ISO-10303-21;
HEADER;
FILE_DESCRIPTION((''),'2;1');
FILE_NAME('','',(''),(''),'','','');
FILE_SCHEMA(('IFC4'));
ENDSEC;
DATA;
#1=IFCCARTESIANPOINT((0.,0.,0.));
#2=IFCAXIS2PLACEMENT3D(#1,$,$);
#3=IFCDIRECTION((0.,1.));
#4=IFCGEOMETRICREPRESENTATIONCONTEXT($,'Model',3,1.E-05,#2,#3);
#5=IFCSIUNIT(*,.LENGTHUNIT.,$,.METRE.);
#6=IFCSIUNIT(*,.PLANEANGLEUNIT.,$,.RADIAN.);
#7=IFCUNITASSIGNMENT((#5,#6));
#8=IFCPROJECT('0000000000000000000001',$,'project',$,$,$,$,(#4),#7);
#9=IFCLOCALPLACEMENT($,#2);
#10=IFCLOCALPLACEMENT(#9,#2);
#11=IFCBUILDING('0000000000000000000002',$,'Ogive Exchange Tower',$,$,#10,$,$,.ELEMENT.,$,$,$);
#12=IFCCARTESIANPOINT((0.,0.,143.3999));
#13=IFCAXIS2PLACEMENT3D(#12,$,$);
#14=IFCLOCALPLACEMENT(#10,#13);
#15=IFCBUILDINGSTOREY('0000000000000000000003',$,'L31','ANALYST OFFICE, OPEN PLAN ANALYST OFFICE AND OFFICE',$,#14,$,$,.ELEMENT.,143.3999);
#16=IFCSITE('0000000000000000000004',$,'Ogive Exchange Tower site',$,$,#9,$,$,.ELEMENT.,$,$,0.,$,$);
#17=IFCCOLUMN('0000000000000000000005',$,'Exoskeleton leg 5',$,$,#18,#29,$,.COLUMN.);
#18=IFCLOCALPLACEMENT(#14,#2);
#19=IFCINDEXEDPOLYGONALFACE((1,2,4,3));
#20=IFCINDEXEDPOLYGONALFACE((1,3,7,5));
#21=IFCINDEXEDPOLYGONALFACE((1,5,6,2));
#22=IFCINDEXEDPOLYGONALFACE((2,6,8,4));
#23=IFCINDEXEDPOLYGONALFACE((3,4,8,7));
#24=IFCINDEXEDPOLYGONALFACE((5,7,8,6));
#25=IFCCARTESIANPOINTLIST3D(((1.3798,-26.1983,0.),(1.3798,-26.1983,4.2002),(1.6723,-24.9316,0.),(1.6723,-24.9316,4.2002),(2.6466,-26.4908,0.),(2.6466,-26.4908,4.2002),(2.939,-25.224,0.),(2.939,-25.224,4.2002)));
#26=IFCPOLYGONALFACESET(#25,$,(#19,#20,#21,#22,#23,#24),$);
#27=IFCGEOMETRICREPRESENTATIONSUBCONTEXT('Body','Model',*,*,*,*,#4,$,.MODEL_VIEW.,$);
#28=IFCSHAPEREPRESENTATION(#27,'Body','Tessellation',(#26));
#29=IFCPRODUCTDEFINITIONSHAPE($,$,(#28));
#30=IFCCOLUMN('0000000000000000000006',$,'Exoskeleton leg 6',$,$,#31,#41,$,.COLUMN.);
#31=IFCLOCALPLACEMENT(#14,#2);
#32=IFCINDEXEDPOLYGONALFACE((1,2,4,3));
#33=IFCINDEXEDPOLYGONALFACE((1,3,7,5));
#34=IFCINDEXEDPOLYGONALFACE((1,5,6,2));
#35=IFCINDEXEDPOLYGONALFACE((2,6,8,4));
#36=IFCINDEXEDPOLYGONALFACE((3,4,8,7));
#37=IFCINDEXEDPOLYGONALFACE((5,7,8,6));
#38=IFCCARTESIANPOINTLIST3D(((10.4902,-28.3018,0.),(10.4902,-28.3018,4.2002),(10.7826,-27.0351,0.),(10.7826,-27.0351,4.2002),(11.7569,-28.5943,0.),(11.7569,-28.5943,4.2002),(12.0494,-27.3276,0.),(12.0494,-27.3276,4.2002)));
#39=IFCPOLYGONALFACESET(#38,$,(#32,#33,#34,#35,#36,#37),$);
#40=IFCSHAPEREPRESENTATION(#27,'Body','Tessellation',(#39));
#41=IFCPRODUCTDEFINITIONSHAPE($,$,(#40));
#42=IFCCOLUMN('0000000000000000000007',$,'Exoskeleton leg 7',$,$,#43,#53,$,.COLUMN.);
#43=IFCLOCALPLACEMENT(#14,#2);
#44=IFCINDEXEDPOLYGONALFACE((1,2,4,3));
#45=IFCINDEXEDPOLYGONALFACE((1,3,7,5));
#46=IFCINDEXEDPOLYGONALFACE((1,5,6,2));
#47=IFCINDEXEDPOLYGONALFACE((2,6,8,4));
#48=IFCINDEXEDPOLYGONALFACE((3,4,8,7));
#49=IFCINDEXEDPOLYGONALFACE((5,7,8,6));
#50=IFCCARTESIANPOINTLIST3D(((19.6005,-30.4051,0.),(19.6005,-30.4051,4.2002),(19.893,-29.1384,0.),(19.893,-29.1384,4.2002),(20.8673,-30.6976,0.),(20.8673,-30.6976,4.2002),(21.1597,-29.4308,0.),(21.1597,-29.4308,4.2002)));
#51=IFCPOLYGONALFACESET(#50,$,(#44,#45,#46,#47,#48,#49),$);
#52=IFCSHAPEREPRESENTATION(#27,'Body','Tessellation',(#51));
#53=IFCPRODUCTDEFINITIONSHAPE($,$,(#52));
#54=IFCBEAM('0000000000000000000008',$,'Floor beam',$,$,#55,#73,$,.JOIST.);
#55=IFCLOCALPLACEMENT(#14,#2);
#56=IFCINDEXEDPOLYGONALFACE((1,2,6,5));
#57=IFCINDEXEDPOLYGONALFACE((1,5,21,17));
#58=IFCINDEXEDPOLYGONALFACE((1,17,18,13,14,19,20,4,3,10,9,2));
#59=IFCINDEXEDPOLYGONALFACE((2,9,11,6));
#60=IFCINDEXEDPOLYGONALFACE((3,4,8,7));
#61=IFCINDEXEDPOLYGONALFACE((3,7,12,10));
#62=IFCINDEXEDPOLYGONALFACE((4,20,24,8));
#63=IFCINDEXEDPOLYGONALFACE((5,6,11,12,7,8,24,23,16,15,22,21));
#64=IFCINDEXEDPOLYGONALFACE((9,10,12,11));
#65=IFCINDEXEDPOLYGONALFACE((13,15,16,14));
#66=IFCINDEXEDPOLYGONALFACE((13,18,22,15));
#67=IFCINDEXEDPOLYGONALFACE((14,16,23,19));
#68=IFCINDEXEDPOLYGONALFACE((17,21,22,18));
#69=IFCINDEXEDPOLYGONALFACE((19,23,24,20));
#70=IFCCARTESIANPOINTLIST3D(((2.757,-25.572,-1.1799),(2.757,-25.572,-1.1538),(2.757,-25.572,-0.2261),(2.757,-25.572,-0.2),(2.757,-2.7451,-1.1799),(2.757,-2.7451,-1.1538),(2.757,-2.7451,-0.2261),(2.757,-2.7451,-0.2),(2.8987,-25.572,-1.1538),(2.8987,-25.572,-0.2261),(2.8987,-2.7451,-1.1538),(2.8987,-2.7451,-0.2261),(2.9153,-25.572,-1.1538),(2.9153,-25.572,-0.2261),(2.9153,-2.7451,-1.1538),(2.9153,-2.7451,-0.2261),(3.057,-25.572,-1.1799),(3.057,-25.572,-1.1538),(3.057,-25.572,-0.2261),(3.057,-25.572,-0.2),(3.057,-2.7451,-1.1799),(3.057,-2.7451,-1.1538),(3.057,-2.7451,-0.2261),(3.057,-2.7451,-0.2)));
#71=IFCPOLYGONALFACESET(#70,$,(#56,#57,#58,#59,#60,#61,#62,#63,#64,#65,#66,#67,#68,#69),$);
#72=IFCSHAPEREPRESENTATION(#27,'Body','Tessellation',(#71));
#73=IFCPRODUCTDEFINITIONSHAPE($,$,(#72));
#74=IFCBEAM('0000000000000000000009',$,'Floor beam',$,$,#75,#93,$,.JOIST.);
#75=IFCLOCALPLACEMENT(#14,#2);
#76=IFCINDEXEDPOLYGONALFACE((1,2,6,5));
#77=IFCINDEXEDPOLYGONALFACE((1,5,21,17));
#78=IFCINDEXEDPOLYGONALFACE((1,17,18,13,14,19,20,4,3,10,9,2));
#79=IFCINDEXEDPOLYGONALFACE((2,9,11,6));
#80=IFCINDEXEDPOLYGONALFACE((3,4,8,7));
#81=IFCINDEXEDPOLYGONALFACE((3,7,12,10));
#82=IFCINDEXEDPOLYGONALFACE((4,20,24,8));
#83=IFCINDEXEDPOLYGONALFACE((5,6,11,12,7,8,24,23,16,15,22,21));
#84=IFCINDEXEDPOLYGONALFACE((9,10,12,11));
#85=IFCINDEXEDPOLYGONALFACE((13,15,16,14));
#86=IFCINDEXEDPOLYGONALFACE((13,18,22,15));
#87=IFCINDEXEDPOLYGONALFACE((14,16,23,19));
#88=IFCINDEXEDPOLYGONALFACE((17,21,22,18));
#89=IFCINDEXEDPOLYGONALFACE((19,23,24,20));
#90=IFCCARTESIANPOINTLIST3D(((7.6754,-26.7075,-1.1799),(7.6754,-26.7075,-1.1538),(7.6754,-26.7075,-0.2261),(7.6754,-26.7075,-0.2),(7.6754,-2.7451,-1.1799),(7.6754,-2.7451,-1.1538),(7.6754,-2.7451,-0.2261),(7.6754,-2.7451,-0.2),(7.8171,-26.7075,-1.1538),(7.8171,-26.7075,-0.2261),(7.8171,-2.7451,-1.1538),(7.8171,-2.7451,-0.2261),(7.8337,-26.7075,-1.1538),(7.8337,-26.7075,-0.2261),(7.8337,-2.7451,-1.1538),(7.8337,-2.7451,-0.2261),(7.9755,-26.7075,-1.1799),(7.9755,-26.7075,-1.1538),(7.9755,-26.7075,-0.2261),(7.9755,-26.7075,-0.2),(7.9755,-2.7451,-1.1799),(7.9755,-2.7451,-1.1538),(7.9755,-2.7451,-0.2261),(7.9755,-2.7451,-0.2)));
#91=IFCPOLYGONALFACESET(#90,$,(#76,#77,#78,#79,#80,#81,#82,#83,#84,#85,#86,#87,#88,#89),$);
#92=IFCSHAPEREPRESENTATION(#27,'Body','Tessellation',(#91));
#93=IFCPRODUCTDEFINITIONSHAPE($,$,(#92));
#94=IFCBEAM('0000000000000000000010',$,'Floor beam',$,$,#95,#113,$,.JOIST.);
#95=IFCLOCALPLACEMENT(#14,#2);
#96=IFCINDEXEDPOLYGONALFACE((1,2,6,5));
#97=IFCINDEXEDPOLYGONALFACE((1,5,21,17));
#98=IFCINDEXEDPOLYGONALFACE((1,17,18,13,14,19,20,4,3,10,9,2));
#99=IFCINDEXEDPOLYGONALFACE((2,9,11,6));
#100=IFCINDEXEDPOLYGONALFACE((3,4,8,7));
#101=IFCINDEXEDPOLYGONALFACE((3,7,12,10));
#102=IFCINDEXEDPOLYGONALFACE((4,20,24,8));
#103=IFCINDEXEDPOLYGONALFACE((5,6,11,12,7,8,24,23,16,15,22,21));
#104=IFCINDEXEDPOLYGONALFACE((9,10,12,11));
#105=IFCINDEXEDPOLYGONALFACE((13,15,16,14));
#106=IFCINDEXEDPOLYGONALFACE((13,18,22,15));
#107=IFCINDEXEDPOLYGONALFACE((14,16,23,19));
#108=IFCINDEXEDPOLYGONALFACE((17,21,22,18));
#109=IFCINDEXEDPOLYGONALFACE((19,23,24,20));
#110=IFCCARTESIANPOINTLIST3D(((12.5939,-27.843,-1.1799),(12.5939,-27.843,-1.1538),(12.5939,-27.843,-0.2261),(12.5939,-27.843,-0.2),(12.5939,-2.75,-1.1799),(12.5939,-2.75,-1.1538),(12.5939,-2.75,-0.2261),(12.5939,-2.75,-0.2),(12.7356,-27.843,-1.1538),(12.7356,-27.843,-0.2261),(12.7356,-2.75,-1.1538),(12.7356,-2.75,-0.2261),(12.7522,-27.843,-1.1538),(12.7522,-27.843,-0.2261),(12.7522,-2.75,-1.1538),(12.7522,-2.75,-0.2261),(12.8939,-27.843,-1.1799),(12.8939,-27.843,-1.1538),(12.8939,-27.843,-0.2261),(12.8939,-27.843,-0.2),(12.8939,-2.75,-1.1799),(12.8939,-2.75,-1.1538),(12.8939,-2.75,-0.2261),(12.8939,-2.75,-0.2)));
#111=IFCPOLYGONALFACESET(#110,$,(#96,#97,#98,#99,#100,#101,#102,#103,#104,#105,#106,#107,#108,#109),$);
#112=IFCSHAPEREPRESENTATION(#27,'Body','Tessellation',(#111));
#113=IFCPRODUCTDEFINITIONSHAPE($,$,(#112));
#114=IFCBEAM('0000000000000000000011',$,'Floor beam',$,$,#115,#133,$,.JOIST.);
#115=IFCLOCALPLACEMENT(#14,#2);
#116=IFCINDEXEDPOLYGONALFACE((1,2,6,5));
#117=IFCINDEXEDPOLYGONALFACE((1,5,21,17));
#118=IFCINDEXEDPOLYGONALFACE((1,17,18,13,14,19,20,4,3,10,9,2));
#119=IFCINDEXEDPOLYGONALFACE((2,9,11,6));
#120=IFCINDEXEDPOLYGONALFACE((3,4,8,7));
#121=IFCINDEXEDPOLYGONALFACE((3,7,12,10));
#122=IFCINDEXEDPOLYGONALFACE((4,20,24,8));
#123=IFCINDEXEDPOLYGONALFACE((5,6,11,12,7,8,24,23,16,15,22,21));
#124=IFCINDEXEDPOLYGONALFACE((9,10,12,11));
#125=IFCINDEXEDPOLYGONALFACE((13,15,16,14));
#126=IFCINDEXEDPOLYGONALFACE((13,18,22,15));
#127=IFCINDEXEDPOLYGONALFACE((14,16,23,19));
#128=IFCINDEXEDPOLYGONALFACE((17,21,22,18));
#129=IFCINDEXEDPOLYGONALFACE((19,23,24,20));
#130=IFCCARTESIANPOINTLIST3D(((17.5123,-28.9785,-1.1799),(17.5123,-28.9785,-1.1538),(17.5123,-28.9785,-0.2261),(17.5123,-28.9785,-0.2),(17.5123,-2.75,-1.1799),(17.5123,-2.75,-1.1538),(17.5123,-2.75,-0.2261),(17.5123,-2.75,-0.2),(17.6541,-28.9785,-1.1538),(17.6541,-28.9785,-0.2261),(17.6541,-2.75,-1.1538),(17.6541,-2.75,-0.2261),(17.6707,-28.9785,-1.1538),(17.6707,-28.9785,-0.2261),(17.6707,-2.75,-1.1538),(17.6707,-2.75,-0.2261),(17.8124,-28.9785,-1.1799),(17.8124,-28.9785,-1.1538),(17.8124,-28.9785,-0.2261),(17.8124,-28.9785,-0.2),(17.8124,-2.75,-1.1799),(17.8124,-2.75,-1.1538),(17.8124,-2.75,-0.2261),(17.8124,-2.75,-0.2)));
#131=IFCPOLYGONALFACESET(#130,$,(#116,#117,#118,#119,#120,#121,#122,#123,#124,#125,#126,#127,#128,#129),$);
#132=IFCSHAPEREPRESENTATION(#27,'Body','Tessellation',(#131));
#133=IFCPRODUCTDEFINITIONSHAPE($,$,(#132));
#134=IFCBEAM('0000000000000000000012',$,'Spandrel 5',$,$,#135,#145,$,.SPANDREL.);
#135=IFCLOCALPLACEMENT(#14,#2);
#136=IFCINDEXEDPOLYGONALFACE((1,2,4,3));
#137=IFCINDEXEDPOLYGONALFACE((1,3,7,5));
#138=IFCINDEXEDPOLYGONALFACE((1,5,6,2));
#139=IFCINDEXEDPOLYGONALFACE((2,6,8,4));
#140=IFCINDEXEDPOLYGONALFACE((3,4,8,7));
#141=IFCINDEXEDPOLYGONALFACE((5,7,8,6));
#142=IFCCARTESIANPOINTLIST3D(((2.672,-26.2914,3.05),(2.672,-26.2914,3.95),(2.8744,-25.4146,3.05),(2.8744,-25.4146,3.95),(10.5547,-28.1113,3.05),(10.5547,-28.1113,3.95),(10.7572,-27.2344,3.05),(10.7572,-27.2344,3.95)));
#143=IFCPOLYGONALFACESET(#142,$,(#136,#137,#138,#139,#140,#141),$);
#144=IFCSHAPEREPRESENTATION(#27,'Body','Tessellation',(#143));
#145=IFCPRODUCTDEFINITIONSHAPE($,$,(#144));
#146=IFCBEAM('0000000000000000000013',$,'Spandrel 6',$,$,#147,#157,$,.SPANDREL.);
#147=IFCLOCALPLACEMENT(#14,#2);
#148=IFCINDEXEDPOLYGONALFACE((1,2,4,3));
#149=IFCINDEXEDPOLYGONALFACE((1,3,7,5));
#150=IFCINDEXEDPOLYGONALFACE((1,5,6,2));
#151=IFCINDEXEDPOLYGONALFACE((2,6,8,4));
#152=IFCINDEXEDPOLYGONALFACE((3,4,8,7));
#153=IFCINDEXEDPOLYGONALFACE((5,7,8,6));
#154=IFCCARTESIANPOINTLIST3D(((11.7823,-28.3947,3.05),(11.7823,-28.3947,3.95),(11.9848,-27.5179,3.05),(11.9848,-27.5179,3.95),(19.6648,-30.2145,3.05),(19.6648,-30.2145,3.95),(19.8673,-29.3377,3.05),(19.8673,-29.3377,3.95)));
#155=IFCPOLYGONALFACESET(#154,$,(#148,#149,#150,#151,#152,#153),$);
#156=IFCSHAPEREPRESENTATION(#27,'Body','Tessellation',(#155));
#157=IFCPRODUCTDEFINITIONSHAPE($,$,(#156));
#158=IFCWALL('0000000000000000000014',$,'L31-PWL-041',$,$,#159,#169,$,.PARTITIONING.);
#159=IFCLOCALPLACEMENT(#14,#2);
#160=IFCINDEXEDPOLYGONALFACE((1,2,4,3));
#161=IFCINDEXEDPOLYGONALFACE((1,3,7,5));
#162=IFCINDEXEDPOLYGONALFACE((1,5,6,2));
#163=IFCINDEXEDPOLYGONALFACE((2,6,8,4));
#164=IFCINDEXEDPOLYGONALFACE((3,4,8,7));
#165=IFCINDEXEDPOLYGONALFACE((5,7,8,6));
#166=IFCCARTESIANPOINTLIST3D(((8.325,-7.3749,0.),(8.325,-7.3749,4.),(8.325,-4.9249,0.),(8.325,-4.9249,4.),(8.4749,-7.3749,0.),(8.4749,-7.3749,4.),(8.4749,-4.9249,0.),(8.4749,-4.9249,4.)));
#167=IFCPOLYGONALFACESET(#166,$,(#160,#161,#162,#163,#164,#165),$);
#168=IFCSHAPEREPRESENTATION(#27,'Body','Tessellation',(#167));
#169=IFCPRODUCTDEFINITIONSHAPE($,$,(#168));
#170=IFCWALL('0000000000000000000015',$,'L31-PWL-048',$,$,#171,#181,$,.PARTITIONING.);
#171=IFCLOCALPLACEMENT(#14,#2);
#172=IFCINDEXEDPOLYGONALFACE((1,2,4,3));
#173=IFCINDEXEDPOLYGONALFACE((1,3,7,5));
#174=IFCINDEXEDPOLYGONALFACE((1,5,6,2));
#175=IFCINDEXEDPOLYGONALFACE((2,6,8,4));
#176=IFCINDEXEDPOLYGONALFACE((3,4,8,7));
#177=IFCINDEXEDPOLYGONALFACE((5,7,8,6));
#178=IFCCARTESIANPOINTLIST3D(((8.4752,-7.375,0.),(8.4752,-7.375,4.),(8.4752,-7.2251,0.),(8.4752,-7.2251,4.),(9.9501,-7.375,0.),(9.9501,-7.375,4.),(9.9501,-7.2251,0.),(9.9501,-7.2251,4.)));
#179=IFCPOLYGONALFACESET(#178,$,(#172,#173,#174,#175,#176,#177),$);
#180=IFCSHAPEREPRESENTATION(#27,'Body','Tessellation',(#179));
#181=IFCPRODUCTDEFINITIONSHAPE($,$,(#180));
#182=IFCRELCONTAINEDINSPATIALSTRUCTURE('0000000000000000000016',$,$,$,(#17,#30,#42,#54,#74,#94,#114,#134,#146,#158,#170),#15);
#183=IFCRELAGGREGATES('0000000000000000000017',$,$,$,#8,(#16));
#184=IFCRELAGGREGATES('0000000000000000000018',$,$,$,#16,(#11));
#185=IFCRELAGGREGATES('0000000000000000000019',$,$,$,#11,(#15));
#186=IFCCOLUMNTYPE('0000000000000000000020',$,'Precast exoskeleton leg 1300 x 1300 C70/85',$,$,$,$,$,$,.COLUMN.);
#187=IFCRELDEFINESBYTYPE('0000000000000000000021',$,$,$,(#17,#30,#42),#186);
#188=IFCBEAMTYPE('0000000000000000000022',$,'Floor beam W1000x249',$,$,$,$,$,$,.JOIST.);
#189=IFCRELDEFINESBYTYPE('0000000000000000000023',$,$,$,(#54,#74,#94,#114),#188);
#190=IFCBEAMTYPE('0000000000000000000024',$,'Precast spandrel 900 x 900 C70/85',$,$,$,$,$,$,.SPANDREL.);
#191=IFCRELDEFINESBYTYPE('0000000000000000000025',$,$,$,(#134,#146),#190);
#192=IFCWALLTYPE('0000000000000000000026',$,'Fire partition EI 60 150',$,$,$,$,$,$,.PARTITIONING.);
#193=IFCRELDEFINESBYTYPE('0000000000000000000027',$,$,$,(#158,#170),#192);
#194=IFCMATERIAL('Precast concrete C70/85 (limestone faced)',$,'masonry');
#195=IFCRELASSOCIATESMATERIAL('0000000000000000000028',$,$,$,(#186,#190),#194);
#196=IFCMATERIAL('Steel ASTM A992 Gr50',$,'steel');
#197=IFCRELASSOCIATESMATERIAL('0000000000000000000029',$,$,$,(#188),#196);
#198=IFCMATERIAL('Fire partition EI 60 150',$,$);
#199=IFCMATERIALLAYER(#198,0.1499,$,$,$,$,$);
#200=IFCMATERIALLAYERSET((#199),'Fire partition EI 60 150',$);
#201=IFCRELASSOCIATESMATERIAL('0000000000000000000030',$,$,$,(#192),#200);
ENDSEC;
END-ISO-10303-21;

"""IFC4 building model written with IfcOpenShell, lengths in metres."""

from ifc_helpers import new_model, si_unit, direction, frame, frame_2d, origin, origin_2d, place, context, subcontext, project, spatial, rectangle, i_section, extrude, material, layer, layer_set, material_profile, profile_set, type_object, element, save


model = new_model("IFC4")

# Units and contexts
model_context = context("Model", 3, precision=1e-05, world=origin(), true_north=direction((0.0, 1.0)))
body_context = subcontext(model_context, "Body", "Model", "MODEL_VIEW")
ifc_project = project(units=[si_unit("LENGTHUNIT", "METRE"), si_unit("PLANEANGLEUNIT", "RADIAN")], contexts=[model_context])

# Site, building, storey
site_placement = place(None, origin())
site = spatial("IfcSite", under=ifc_project, at=site_placement, Name="Ogive Exchange Tower site", CompositionType="ELEMENT", RefElevation=0.0)
building_placement = place(site_placement, origin())
building = spatial("IfcBuilding", under=site, at=building_placement, Name="Ogive Exchange Tower", CompositionType="ELEMENT")
storey_placement = place(building_placement, frame((0.0, 0.0, 143.3999)))
storey = spatial("IfcBuildingStorey", under=building, at=storey_placement, Name="L31", Description="ANALYST OFFICE, OPEN PLAN ANALYST OFFICE AND OFFICE", CompositionType="ELEMENT", Elevation=143.3999)

# Columns
ifc_material_1 = material(Name="Precast concrete C70/85 (limestone faced)", Category="masonry")
ifc_material_profile_1 = material_profile(ifc_material_1, rectangle(XDim=1.3, YDim=1.3, at=origin_2d()), Name="1300 x 1300")
ifc_profile_set_1 = profile_set([ifc_material_profile_1], Name="Precast concrete C70/85 (limestone faced)")
column_type = type_object("IfcColumnType", Name="Precast exoskeleton leg 1300 x 1300 C70/85", PredefinedType="COLUMN", material=ifc_profile_set_1)
for number, where, z_axis, x_axis, name in (
    (1, (2.1594, -25.7112, 0.0), (0.0, 0.0, 1.0), (0.97437, -0.224951, 0.0), "Exoskeleton leg 5"),
    (2, (11.2698, -27.8147, 0.0), (0.0, 0.0, 1.0), (0.97437, -0.224951, 0.0), "Exoskeleton leg 6"),
    (3, (20.3801, -29.918, 0.0), (0.0, 0.0, 1.0), (0.97437, -0.224951, 0.0), "Exoskeleton leg 7"),
):
    element("IfcColumn", number, at=place(storey_placement, frame(where, z_axis=z_axis, x_axis=x_axis)), inside=storey, type_object=column_type, Name=name, PredefinedType="COLUMN", context=body_context, shape_type="SweptSolid", body=[
        extrude(rectangle(XDim=1.3, YDim=1.3, at=origin_2d()), origin(), (0.0, 0.0, 1.0), 4.2002),
    ])

# Beams
ifc_material_2 = material(Name="Steel ASTM A992 Gr50", Category="steel")
ifc_material_profile_2 = material_profile(ifc_material_2, i_section(OverallWidth=0.3, OverallDepth=0.98, WebThickness=0.0166, FlangeThickness=0.0261, at=origin_2d()), Name="W1000x249")
ifc_profile_set_2 = profile_set([ifc_material_profile_2], Name="Steel ASTM A992 Gr50")
beam_type_1 = type_object("IfcBeamType", Name="Floor beam W1000x249", PredefinedType="JOIST", material=ifc_profile_set_2)
beam_1_placement = place(storey_placement, frame((2.907, -25.572, -0.6899), z_axis=(0.0, 1.0, 0.0), x_axis=(-1.0, 0.0, 0.0)))
element("IfcBeam", 4, at=beam_1_placement, inside=storey, type_object=beam_type_1, Name="Floor beam", PredefinedType="JOIST", context=body_context, shape_type="SweptSolid", body=[
    extrude(i_section(OverallWidth=0.3, OverallDepth=0.98, WebThickness=0.0166, FlangeThickness=0.0261, at=origin_2d()), origin(), (0.0, 0.0, 1.0), 22.8269),
])
beam_2_placement = place(storey_placement, frame((7.8254, -26.7075, -0.6899), z_axis=(0.0, 1.0, 0.0), x_axis=(-1.0, 0.0, 0.0)))
element("IfcBeam", 5, at=beam_2_placement, inside=storey, type_object=beam_type_1, Name="Floor beam", PredefinedType="JOIST", context=body_context, shape_type="SweptSolid", body=[
    extrude(i_section(OverallWidth=0.3, OverallDepth=0.98, WebThickness=0.0166, FlangeThickness=0.0261, at=origin_2d()), origin(), (0.0, 0.0, 1.0), 23.9624),
])
beam_3_placement = place(storey_placement, frame((12.7439, -27.843, -0.6899), z_axis=(0.0, 1.0, 0.0), x_axis=(-1.0, 0.0, 0.0)))
element("IfcBeam", 6, at=beam_3_placement, inside=storey, type_object=beam_type_1, Name="Floor beam", PredefinedType="JOIST", context=body_context, shape_type="SweptSolid", body=[
    extrude(i_section(OverallWidth=0.3, OverallDepth=0.98, WebThickness=0.0166, FlangeThickness=0.0261, at=origin_2d()), origin(), (0.0, 0.0, 1.0), 25.093),
])
beam_4_placement = place(storey_placement, frame((17.6624, -28.9785, -0.6899), z_axis=(0.0, 1.0, 0.0), x_axis=(-1.0, 0.0, 0.0)))
element("IfcBeam", 7, at=beam_4_placement, inside=storey, type_object=beam_type_1, Name="Floor beam", PredefinedType="JOIST", context=body_context, shape_type="SweptSolid", body=[
    extrude(i_section(OverallWidth=0.3, OverallDepth=0.98, WebThickness=0.0166, FlangeThickness=0.0261, at=origin_2d()), origin(), (0.0, 0.0, 1.0), 26.2285),
])
ifc_material_profile_3 = material_profile(ifc_material_1, rectangle(XDim=0.8999, YDim=0.8999, at=origin_2d()), Name="900 x 900")
ifc_profile_set_3 = profile_set([ifc_material_profile_3], Name="Precast concrete C70/85 (limestone faced)")
beam_type_2 = type_object("IfcBeamType", Name="Precast spandrel 900 x 900 C70/85", PredefinedType="SPANDREL", material=ifc_profile_set_3)
beam_5_placement = place(storey_placement, frame((2.7732, -25.853, 3.5), z_axis=(0.974372, -0.224943, 0.0), x_axis=(0.224943, 0.974372, 0.0)))
element("IfcBeam", 8, at=beam_5_placement, inside=storey, type_object=beam_type_2, Name="Spandrel 5", PredefinedType="SPANDREL", context=body_context, shape_type="SweptSolid", body=[
    extrude(rectangle(XDim=0.8999, YDim=0.8999, at=origin_2d()), origin(), (0.0, 0.0, 1.0), 8.0901),
])
beam_6_placement = place(storey_placement, frame((11.8835, -27.9563, 3.5), z_axis=(0.97437, -0.22495, 0.0), x_axis=(0.22495, 0.97437, 0.0)))
element("IfcBeam", 9, at=beam_6_placement, inside=storey, type_object=beam_type_2, Name="Spandrel 6", PredefinedType="SPANDREL", context=body_context, shape_type="SweptSolid", body=[
    extrude(rectangle(XDim=0.8999, YDim=0.8999, at=origin_2d()), origin(), (0.0, 0.0, 1.0), 8.0898),
])

# Walls
ifc_material_3 = material(Name="Fire partition EI 60 150")
ifc_layer_1 = layer(ifc_material_3, 0.1499)
ifc_layer_set_1 = layer_set([ifc_layer_1], Name="Fire partition EI 60 150")
wall_type_1 = type_object("IfcWallType", Name="Fire partition EI 60 150", PredefinedType="PARTITIONING", material=ifc_layer_set_1)
wall_1_placement = place(storey_placement, frame((8.3999, -7.375, 0.0), z_axis=(0.0, 0.0, 1.0), x_axis=(0.0, 1.0, 0.0)))
element("IfcWall", 10, at=wall_1_placement, inside=storey, type_object=wall_type_1, Name="L31-PWL-041", PredefinedType="PARTITIONING", context=body_context, shape_type="SweptSolid", body=[
    extrude(rectangle(XDim=2.45, YDim=0.1499, at=frame_2d((1.2251, 0.0))), origin(), (0.0, 0.0, 1.0), 4.0),
])
wall_2_placement = place(storey_placement, frame((9.95, -7.3, 0.0), z_axis=(0.0, 0.0, 1.0), x_axis=(-1.0, 0.0, 0.0)))
element("IfcWall", 11, at=wall_2_placement, inside=storey, type_object=wall_type_1, Name="L31-PWL-048", PredefinedType="PARTITIONING", context=body_context, shape_type="SweptSolid", body=[
    extrude(rectangle(XDim=1.4749, YDim=0.1499, at=frame_2d((0.7373, 0.0))), origin(), (0.0, 0.0, 1.0), 4.0),
])

save(model, "model.ifc")
